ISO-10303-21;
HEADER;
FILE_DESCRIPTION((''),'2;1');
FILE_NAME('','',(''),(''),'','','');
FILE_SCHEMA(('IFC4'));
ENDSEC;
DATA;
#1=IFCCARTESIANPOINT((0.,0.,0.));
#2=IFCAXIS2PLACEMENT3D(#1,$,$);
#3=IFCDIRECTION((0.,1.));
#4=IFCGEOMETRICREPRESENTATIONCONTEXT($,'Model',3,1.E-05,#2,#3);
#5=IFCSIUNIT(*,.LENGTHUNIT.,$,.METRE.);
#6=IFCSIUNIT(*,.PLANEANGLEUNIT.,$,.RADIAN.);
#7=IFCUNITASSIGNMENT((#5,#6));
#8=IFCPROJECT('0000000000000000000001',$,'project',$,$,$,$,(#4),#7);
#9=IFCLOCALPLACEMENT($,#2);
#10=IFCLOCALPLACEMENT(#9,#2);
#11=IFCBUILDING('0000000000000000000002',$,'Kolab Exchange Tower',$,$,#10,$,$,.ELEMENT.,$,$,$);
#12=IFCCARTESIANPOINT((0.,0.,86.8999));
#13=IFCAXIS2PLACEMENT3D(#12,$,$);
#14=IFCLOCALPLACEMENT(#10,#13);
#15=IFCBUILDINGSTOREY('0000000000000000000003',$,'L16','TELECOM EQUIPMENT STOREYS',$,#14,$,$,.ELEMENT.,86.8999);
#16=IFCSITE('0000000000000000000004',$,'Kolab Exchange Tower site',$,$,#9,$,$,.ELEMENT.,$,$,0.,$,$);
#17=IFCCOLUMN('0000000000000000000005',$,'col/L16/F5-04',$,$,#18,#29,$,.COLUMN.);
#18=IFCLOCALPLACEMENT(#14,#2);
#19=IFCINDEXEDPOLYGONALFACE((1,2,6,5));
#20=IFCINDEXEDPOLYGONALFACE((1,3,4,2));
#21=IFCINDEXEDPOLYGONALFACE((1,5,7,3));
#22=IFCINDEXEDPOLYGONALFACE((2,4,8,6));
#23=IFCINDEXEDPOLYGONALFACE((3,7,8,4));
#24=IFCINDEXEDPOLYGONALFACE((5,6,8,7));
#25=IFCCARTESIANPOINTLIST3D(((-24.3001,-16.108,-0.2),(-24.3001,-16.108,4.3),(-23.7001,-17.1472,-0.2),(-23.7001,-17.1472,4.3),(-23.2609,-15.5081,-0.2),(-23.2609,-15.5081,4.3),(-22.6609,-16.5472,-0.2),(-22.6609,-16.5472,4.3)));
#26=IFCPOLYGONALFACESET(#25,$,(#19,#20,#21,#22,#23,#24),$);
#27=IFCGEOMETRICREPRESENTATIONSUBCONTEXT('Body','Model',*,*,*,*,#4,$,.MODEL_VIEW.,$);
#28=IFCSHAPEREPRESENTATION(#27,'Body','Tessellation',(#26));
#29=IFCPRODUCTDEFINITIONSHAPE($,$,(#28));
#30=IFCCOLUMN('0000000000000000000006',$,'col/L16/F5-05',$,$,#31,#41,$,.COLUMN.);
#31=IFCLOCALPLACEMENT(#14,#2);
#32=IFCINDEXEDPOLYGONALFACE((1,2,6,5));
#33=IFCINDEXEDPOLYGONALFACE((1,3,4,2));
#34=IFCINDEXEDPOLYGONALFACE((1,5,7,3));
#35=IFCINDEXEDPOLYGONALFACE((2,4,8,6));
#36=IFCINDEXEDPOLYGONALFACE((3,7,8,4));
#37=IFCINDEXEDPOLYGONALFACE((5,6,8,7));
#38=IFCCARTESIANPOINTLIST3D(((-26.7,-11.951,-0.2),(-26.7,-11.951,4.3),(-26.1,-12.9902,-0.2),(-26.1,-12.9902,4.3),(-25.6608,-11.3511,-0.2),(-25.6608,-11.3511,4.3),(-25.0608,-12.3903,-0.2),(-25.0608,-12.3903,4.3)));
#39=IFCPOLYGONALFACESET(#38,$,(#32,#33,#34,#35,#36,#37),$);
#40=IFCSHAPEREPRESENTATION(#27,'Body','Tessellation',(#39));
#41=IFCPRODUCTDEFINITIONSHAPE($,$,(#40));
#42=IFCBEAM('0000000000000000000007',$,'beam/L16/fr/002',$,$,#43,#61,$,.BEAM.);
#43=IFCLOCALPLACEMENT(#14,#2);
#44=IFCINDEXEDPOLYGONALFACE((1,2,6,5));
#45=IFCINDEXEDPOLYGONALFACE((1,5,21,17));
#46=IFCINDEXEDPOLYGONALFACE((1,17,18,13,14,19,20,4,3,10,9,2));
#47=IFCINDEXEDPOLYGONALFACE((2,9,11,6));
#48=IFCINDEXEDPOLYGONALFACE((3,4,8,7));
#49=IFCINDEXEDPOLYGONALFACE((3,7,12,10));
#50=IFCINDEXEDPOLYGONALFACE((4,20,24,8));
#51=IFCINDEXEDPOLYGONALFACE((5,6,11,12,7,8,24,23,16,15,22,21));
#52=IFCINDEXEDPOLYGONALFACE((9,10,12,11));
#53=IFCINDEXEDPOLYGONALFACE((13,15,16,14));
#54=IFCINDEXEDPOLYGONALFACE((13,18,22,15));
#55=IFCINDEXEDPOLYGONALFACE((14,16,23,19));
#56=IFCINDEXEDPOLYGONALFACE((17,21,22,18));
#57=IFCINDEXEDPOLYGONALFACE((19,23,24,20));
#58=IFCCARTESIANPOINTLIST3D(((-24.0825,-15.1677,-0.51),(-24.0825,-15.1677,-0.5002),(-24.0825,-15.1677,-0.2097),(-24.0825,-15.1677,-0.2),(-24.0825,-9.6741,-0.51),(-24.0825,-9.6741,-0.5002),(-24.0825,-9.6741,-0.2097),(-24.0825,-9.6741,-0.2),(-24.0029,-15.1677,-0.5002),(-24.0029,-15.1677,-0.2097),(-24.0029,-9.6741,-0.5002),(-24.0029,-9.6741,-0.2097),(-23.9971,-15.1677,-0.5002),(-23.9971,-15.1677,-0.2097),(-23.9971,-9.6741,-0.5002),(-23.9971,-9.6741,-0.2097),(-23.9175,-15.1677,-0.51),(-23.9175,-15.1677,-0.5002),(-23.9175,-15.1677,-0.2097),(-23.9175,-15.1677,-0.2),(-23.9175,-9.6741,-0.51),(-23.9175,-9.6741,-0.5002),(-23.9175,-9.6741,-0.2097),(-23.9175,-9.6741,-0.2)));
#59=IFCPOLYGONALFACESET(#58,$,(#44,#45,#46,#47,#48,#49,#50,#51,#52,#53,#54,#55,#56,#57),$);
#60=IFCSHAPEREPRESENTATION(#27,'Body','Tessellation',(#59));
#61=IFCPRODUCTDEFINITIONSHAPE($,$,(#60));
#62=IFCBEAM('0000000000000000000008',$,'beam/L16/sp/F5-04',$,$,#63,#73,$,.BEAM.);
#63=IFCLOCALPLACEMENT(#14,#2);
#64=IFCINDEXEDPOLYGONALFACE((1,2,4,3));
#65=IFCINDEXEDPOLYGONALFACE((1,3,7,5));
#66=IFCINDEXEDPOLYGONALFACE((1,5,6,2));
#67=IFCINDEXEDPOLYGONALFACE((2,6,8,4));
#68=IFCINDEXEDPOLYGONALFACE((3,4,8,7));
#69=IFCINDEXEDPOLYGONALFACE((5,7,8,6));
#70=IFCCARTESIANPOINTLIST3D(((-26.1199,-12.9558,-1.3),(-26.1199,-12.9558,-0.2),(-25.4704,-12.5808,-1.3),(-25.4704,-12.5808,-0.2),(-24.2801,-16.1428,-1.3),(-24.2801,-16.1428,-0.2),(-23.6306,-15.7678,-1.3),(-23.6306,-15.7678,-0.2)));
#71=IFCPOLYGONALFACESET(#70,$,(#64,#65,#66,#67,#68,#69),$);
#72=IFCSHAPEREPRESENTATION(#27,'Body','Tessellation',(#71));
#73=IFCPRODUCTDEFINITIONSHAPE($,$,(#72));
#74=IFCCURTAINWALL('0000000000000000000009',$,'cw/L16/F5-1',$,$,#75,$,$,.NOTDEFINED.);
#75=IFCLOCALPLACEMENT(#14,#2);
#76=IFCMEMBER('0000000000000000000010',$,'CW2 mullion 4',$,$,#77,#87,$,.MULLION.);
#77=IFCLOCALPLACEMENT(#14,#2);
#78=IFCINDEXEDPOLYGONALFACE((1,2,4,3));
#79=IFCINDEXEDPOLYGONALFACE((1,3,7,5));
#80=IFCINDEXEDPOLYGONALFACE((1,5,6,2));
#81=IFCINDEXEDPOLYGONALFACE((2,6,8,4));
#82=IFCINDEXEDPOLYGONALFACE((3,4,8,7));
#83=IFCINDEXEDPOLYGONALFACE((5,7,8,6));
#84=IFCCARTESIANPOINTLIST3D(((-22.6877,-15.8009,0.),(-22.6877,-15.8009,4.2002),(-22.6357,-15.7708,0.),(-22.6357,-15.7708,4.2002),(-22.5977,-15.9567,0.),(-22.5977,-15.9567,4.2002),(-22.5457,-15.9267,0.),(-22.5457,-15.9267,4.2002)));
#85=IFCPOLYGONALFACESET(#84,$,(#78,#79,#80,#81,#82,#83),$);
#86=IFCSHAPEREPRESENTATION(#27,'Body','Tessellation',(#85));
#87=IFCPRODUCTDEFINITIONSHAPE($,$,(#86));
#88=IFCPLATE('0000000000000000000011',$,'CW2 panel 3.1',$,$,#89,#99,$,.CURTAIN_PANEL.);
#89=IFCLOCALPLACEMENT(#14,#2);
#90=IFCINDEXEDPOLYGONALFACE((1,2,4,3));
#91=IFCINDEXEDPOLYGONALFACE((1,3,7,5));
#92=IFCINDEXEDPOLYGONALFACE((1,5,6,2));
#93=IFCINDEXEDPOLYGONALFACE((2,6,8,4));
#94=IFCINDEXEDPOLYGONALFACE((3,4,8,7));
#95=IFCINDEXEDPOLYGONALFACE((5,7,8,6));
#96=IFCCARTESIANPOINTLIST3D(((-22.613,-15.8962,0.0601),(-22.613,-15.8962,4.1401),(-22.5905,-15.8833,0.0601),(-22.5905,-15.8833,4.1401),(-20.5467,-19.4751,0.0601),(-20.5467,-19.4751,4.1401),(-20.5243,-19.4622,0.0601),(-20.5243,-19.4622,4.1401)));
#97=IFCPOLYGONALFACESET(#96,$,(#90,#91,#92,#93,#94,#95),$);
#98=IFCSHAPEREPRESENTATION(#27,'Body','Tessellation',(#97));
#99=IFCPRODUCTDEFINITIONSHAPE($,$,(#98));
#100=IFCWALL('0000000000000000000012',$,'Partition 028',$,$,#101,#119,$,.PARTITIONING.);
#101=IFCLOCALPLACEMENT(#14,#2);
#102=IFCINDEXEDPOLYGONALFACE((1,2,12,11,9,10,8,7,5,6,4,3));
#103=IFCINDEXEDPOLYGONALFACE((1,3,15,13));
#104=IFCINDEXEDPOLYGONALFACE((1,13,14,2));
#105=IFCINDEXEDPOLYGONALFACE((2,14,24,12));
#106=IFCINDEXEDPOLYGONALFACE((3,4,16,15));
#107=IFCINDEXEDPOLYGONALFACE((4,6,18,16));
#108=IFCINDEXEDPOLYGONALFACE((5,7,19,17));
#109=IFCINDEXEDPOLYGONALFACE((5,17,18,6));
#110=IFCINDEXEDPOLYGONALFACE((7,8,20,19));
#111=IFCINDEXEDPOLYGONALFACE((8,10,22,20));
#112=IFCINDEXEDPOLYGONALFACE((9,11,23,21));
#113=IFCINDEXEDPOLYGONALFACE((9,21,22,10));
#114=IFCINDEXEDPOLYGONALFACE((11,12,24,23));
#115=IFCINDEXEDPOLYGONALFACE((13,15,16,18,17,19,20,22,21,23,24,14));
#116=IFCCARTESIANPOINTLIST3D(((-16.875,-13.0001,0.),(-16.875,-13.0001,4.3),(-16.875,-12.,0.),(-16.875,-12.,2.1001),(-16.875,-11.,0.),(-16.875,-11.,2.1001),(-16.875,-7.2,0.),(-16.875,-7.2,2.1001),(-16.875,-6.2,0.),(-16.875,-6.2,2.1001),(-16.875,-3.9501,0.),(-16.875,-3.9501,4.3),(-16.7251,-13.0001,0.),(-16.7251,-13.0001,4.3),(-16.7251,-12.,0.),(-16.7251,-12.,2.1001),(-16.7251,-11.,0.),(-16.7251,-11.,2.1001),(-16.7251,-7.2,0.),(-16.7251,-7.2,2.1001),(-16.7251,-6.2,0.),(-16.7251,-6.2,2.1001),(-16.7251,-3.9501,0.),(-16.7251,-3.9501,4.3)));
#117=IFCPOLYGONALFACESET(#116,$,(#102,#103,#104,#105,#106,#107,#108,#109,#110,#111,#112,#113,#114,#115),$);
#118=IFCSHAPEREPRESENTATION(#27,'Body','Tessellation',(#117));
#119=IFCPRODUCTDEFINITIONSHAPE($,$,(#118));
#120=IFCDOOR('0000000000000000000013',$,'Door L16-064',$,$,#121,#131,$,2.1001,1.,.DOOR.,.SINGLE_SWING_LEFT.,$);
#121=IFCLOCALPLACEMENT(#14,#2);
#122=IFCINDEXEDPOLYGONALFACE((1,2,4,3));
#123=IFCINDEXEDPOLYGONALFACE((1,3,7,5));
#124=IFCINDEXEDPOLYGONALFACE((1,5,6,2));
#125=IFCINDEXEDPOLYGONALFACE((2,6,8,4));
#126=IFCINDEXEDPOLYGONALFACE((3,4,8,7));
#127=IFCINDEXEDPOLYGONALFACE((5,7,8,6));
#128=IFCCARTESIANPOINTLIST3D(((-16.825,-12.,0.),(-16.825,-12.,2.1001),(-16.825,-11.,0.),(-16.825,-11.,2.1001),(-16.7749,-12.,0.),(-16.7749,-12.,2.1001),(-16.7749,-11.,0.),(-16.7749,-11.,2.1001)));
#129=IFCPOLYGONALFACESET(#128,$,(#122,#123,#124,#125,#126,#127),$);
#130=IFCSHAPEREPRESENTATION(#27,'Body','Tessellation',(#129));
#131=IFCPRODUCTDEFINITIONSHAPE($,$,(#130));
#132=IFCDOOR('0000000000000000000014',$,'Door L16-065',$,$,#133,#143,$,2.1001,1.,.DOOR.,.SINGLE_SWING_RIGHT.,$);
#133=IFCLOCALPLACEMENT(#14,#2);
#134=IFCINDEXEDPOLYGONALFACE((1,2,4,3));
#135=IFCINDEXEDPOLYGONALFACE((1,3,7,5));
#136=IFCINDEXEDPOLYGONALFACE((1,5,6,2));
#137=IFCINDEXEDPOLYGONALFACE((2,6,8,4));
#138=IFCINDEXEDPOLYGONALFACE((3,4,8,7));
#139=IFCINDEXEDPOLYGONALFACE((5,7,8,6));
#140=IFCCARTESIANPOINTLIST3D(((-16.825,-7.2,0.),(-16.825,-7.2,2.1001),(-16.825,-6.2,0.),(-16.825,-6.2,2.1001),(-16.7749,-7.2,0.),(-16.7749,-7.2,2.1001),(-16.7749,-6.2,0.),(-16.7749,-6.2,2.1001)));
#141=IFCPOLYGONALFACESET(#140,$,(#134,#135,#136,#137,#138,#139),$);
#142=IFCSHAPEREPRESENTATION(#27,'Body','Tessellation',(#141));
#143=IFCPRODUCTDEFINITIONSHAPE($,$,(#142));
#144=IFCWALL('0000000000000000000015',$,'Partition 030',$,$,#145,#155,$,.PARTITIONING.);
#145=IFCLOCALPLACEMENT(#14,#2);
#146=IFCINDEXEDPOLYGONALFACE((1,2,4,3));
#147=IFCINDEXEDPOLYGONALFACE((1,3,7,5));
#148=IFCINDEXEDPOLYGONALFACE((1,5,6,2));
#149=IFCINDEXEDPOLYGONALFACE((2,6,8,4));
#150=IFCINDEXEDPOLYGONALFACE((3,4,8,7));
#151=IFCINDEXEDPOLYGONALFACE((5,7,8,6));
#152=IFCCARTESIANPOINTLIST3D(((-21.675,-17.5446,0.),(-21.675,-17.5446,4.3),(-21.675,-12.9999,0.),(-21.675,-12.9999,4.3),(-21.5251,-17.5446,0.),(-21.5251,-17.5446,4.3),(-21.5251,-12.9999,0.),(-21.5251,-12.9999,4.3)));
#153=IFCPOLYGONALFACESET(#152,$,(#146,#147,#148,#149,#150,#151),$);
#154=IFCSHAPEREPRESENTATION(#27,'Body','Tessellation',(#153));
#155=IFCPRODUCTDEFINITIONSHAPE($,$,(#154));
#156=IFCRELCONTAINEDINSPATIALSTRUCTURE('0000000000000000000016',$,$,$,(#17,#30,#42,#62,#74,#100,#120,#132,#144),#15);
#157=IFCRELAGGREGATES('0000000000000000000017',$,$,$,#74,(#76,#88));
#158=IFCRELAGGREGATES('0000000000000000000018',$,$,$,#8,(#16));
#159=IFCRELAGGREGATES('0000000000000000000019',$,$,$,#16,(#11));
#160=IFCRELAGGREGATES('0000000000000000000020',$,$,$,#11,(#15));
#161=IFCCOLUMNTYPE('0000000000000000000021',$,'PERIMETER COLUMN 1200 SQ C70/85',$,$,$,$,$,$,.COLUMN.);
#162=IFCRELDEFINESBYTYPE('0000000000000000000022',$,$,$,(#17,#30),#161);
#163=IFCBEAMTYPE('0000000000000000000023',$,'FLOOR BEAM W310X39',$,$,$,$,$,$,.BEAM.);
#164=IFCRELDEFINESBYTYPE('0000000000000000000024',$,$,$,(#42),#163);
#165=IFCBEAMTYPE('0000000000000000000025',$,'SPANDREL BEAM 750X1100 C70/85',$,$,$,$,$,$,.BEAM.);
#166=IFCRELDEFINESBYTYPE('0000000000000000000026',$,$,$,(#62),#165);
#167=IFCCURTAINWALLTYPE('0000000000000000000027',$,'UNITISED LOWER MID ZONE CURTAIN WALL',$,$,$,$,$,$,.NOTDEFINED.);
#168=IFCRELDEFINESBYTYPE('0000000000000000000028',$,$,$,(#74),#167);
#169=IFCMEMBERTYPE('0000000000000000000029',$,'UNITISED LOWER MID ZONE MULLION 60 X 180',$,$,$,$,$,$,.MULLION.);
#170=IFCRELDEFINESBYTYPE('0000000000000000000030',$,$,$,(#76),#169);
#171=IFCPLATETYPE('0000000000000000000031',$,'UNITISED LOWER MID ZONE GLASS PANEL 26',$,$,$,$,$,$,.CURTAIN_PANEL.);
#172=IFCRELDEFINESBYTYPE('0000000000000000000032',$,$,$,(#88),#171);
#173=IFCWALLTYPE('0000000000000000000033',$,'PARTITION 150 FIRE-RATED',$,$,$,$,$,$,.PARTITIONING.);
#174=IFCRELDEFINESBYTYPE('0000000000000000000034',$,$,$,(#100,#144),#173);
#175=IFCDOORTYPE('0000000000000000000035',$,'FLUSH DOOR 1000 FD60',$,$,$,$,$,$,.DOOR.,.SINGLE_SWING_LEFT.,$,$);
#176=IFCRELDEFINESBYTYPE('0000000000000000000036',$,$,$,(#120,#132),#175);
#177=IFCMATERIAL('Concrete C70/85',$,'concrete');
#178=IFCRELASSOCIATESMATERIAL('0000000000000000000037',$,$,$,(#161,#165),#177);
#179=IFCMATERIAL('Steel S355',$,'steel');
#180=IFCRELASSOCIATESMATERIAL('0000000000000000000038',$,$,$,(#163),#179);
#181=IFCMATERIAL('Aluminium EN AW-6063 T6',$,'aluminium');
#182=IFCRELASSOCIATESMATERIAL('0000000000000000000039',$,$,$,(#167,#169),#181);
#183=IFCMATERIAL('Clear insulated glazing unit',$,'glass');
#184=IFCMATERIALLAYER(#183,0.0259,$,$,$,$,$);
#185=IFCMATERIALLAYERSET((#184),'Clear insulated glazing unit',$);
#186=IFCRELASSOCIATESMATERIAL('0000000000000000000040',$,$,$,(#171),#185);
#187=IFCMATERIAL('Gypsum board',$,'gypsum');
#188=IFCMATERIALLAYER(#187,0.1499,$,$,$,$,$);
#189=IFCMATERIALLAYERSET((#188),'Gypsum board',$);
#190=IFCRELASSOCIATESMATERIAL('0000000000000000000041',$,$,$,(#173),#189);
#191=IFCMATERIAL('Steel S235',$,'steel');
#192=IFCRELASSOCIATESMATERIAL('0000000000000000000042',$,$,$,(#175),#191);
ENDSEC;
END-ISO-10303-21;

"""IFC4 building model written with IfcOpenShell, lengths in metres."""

from ifc_helpers import new_model, si_unit, direction, frame, frame_2d, origin, origin_2d, place, context, subcontext, project, spatial, rectangle, i_section, extrude, material, layer, layer_set, material_profile, profile_set, type_object, element, fill, aggregate, save


model = new_model("IFC4")

# Units and contexts
model_context = context("Model", 3, precision=1e-05, world=origin(), true_north=direction((0.0, 1.0)))
body_context = subcontext(model_context, "Body", "Model", "MODEL_VIEW")
ifc_project = project(units=[si_unit("LENGTHUNIT", "METRE"), si_unit("PLANEANGLEUNIT", "RADIAN")], contexts=[model_context])

# Site, building, storey
site_placement = place(None, origin())
site = spatial("IfcSite", under=ifc_project, at=site_placement, Name="Kolab Exchange Tower site", CompositionType="ELEMENT", RefElevation=0.0)
building_placement = place(site_placement, origin())
building = spatial("IfcBuilding", under=site, at=building_placement, Name="Kolab Exchange Tower", CompositionType="ELEMENT")
storey_placement = place(building_placement, frame((0.0, 0.0, 86.8999)))
storey = spatial("IfcBuildingStorey", under=building, at=storey_placement, Name="L16", Description="TELECOM EQUIPMENT STOREYS", CompositionType="ELEMENT", Elevation=86.8999)

# Columns
ifc_material_1 = material(Name="Concrete C70/85", Category="concrete")
ifc_material_profile_1 = material_profile(ifc_material_1, rectangle(XDim=1.2, YDim=1.2, at=origin_2d()), Name="RC1200")
ifc_profile_set_1 = profile_set([ifc_material_profile_1], Name="Concrete C70/85")
column_type = type_object("IfcColumnType", Name="PERIMETER COLUMN 1200 SQ C70/85", PredefinedType="COLUMN", material=ifc_profile_set_1)
for number, where, z_axis, x_axis, name in (
    (1, (-23.4805, -16.3276, -0.2), (0.0, 0.0, 1.0), (0.866025, 0.5, 0.0), "col/L16/F5-04"),
    (2, (-25.8804, -12.1707, -0.2), (0.0, 0.0, 1.0), (0.866025, 0.5, 0.0), "col/L16/F5-05"),
):
    element("IfcColumn", number, at=place(storey_placement, frame(where, z_axis=z_axis, x_axis=x_axis)), inside=storey, type_object=column_type, Name=name, PredefinedType="COLUMN", context=body_context, shape_type="SweptSolid", body=[
        extrude(rectangle(XDim=1.2, YDim=1.2, at=origin_2d()), origin(), (0.0, 0.0, 1.0), 4.5),
    ])

# Beams
ifc_material_2 = material(Name="Steel S355", Category="steel")
ifc_material_profile_2 = material_profile(ifc_material_2, i_section(OverallWidth=0.165, OverallDepth=0.3101, WebThickness=0.0059, FlangeThickness=0.0098, at=origin_2d()), Name="W310X39")
ifc_profile_set_2 = profile_set([ifc_material_profile_2], Name="Steel S355")
beam_type_1 = type_object("IfcBeamType", Name="FLOOR BEAM W310X39", PredefinedType="BEAM", material=ifc_profile_set_2)
beam_1_placement = place(storey_placement, frame((-24.0, -15.1677, -0.355), z_axis=(0.0, 1.0, 0.0), x_axis=(-1.0, 0.0, 0.0)))
element("IfcBeam", 3, at=beam_1_placement, inside=storey, type_object=beam_type_1, Name="beam/L16/fr/002", PredefinedType="BEAM", context=body_context, shape_type="SweptSolid", body=[
    extrude(i_section(OverallWidth=0.165, OverallDepth=0.3101, WebThickness=0.0059, FlangeThickness=0.0098, at=origin_2d()), origin(), (0.0, 0.0, 1.0), 5.4937),
])
ifc_material_profile_3 = material_profile(ifc_material_1, rectangle(XDim=0.75, YDim=1.1001, at=origin_2d()), Name="RC750X1100")
ifc_profile_set_3 = profile_set([ifc_material_profile_3], Name="Concrete C70/85")
beam_type_2 = type_object("IfcBeamType", Name="SPANDREL BEAM 750X1100 C70/85", PredefinedType="BEAM", material=ifc_profile_set_3)
beam_2_placement = place(storey_placement, frame((-23.9553, -15.9553, -0.75), z_axis=(-0.499964, 0.866046, 0.0), x_axis=(-0.866046, -0.499964, 0.0)))
element("IfcBeam", 4, at=beam_2_placement, inside=storey, type_object=beam_type_2, Name="beam/L16/sp/F5-04", PredefinedType="BEAM", context=body_context, shape_type="SweptSolid", body=[
    extrude(rectangle(XDim=0.75, YDim=1.1001, at=origin_2d()), origin(), (0.0, 0.0, 1.0), 3.6799),
])

# Curtain wall, member, plate
ifc_material_3 = material(Name="Aluminium EN AW-6063 T6", Category="aluminium")
curtain_wall_type = type_object("IfcCurtainWallType", Name="UNITISED LOWER MID ZONE CURTAIN WALL", PredefinedType="NOTDEFINED", material=ifc_material_3)
curtain_wall_placement = place(storey_placement, origin())
curtain_wall = element("IfcCurtainWall", 5, at=curtain_wall_placement, inside=storey, type_object=curtain_wall_type, Name="cw/L16/F5-1", PredefinedType="NOTDEFINED")
ifc_material_profile_4 = material_profile(ifc_material_3, rectangle(XDim=0.0601, YDim=0.1799, at=origin_2d()), Name="RECT 60X180")
ifc_profile_set_4 = profile_set([ifc_material_profile_4], Name="Aluminium EN AW-6063 T6")
member_type = type_object("IfcMemberType", Name="UNITISED LOWER MID ZONE MULLION 60 X 180", PredefinedType="MULLION", material=ifc_profile_set_4)
member_placement = place(storey_placement, frame((-22.6167, -15.8638, 0.0), z_axis=(0.0, 0.0, 1.0), x_axis=(-0.866025, -0.5, 0.0)))
member = element("IfcMember", 6, at=member_placement, type_object=member_type, Name="CW2 mullion 4", PredefinedType="MULLION", context=body_context, shape_type="SweptSolid", body=[
    extrude(rectangle(XDim=0.0601, YDim=0.1799, at=origin_2d()), origin(), (0.0, 0.0, 1.0), 4.2002),
])
ifc_material_4 = material(Name="Clear insulated glazing unit", Category="glass")
ifc_layer_1 = layer(ifc_material_4, 0.0259)
ifc_layer_set_1 = layer_set([ifc_layer_1], Name="Clear insulated glazing unit")
plate_type = type_object("IfcPlateType", Name="UNITISED LOWER MID ZONE GLASS PANEL 26", PredefinedType="CURTAIN_PANEL", material=ifc_layer_set_1)
plate_placement = place(storey_placement, frame((-21.5686, -17.6792, 0.0601), z_axis=(0.0, 0.0, 1.0), x_axis=(-0.5, 0.866025, 0.0)))
plate = element("IfcPlate", 7, at=plate_placement, type_object=plate_type, Name="CW2 panel 3.1", PredefinedType="CURTAIN_PANEL", context=body_context, shape_type="SweptSolid", body=[
    extrude(rectangle(XDim=4.1326, YDim=0.0259, at=origin_2d()), origin(), (0.0, 0.0, 1.0), 4.0801),
])
aggregate(curtain_wall, [member, plate])

# Wall, openings, doors
ifc_material_5 = material(Name="Gypsum board", Category="gypsum")
ifc_layer_2 = layer(ifc_material_5, 0.1499)
ifc_layer_set_2 = layer_set([ifc_layer_2], Name="Gypsum board")
wall_type_1 = type_object("IfcWallType", Name="PARTITION 150 FIRE-RATED", PredefinedType="PARTITIONING", material=ifc_layer_set_2)
wall_1_placement = place(storey_placement, frame((-16.8, -13.0, 0.0), z_axis=(0.0, 0.0, 1.0), x_axis=(0.0, 1.0, 0.0)))
wall_1 = element("IfcWall", 8, at=wall_1_placement, inside=storey, type_object=wall_type_1, Name="Partition 028", PredefinedType="PARTITIONING", context=body_context, shape_type="SweptSolid", body=[
    extrude(rectangle(XDim=9.05, YDim=0.1499, at=frame_2d((4.5249, 0.0))), origin(), (0.0, 0.0, 1.0), 4.3),
])
opening_1_placement = place(wall_1_placement, frame((1.0, 0.0, 0.0)))
opening_1 = element("IfcOpeningElement", 9, at=opening_1_placement, cuts=wall_1, PredefinedType="OPENING", context=body_context, shape_type="SweptSolid", body=[
    extrude(rectangle(XDim=1.0, YDim=2.1001, at=frame_2d((0.5, 1.05))), frame((0.0, 0.085, 0.0), z_axis=(0.0, -1.0, 0.0), x_axis=(1.0, 0.0, 0.0)), (0.0, 0.0, 1.0), 0.1699),
])
opening_2_placement = place(wall_1_placement, frame((5.8, 0.0, 0.0)))
opening_2 = element("IfcOpeningElement", 10, at=opening_2_placement, cuts=wall_1, PredefinedType="OPENING", context=body_context, shape_type="SweptSolid", body=[
    extrude(rectangle(XDim=1.0, YDim=2.1001, at=frame_2d((0.5, 1.05))), frame((0.0, 0.085, 0.0), z_axis=(0.0, -1.0, 0.0), x_axis=(1.0, 0.0, 0.0)), (0.0, 0.0, 1.0), 0.1699),
])
ifc_material_6 = material(Name="Steel S235", Category="steel")
door_type_1 = type_object("IfcDoorType", Name="FLUSH DOOR 1000 FD60", OperationType="SINGLE_SWING_LEFT", PredefinedType="DOOR", material=ifc_material_6)
door_1_placement = place(opening_1_placement, origin())
door_1 = element("IfcDoor", 11, at=door_1_placement, inside=storey, type_object=door_type_1, Name="Door L16-064", OperationType="SINGLE_SWING_LEFT", OverallHeight=2.1001, OverallWidth=1.0, PredefinedType="DOOR", context=body_context, shape_type="SweptSolid", body=[
    extrude(rectangle(XDim=1.0, YDim=2.1001, at=frame_2d((0.5, 1.05))), frame((0.0, 0.0249, 0.0), z_axis=(0.0, -1.0, 0.0), x_axis=(1.0, 0.0, 0.0)), (0.0, 0.0, 1.0), 0.05),
])
fill(opening_1, door_1)
door_2_placement = place(opening_2_placement, origin())
door_2 = element("IfcDoor", 12, at=door_2_placement, inside=storey, type_object=door_type_1, Name="Door L16-065", OperationType="SINGLE_SWING_RIGHT", OverallHeight=2.1001, OverallWidth=1.0, PredefinedType="DOOR", context=body_context, shape_type="SweptSolid", body=[
    extrude(rectangle(XDim=1.0, YDim=2.1001, at=frame_2d((0.5, 1.05))), frame((0.0, 0.0249, 0.0), z_axis=(0.0, -1.0, 0.0), x_axis=(1.0, 0.0, 0.0)), (0.0, 0.0, 1.0), 0.05),
])
fill(opening_2, door_2)

# Wall
wall_2_placement = place(storey_placement, frame((-21.6001, -17.5447, 0.0), z_axis=(0.0, 0.0, 1.0), x_axis=(0.0, 1.0, 0.0)))
element("IfcWall", 13, at=wall_2_placement, inside=storey, type_object=wall_type_1, Name="Partition 030", PredefinedType="PARTITIONING", context=body_context, shape_type="SweptSolid", body=[
    extrude(rectangle(XDim=4.5447, YDim=0.1499, at=frame_2d((2.2725, 0.0))), origin(), (0.0, 0.0, 1.0), 4.3),
])

save(model, "model.ifc")
